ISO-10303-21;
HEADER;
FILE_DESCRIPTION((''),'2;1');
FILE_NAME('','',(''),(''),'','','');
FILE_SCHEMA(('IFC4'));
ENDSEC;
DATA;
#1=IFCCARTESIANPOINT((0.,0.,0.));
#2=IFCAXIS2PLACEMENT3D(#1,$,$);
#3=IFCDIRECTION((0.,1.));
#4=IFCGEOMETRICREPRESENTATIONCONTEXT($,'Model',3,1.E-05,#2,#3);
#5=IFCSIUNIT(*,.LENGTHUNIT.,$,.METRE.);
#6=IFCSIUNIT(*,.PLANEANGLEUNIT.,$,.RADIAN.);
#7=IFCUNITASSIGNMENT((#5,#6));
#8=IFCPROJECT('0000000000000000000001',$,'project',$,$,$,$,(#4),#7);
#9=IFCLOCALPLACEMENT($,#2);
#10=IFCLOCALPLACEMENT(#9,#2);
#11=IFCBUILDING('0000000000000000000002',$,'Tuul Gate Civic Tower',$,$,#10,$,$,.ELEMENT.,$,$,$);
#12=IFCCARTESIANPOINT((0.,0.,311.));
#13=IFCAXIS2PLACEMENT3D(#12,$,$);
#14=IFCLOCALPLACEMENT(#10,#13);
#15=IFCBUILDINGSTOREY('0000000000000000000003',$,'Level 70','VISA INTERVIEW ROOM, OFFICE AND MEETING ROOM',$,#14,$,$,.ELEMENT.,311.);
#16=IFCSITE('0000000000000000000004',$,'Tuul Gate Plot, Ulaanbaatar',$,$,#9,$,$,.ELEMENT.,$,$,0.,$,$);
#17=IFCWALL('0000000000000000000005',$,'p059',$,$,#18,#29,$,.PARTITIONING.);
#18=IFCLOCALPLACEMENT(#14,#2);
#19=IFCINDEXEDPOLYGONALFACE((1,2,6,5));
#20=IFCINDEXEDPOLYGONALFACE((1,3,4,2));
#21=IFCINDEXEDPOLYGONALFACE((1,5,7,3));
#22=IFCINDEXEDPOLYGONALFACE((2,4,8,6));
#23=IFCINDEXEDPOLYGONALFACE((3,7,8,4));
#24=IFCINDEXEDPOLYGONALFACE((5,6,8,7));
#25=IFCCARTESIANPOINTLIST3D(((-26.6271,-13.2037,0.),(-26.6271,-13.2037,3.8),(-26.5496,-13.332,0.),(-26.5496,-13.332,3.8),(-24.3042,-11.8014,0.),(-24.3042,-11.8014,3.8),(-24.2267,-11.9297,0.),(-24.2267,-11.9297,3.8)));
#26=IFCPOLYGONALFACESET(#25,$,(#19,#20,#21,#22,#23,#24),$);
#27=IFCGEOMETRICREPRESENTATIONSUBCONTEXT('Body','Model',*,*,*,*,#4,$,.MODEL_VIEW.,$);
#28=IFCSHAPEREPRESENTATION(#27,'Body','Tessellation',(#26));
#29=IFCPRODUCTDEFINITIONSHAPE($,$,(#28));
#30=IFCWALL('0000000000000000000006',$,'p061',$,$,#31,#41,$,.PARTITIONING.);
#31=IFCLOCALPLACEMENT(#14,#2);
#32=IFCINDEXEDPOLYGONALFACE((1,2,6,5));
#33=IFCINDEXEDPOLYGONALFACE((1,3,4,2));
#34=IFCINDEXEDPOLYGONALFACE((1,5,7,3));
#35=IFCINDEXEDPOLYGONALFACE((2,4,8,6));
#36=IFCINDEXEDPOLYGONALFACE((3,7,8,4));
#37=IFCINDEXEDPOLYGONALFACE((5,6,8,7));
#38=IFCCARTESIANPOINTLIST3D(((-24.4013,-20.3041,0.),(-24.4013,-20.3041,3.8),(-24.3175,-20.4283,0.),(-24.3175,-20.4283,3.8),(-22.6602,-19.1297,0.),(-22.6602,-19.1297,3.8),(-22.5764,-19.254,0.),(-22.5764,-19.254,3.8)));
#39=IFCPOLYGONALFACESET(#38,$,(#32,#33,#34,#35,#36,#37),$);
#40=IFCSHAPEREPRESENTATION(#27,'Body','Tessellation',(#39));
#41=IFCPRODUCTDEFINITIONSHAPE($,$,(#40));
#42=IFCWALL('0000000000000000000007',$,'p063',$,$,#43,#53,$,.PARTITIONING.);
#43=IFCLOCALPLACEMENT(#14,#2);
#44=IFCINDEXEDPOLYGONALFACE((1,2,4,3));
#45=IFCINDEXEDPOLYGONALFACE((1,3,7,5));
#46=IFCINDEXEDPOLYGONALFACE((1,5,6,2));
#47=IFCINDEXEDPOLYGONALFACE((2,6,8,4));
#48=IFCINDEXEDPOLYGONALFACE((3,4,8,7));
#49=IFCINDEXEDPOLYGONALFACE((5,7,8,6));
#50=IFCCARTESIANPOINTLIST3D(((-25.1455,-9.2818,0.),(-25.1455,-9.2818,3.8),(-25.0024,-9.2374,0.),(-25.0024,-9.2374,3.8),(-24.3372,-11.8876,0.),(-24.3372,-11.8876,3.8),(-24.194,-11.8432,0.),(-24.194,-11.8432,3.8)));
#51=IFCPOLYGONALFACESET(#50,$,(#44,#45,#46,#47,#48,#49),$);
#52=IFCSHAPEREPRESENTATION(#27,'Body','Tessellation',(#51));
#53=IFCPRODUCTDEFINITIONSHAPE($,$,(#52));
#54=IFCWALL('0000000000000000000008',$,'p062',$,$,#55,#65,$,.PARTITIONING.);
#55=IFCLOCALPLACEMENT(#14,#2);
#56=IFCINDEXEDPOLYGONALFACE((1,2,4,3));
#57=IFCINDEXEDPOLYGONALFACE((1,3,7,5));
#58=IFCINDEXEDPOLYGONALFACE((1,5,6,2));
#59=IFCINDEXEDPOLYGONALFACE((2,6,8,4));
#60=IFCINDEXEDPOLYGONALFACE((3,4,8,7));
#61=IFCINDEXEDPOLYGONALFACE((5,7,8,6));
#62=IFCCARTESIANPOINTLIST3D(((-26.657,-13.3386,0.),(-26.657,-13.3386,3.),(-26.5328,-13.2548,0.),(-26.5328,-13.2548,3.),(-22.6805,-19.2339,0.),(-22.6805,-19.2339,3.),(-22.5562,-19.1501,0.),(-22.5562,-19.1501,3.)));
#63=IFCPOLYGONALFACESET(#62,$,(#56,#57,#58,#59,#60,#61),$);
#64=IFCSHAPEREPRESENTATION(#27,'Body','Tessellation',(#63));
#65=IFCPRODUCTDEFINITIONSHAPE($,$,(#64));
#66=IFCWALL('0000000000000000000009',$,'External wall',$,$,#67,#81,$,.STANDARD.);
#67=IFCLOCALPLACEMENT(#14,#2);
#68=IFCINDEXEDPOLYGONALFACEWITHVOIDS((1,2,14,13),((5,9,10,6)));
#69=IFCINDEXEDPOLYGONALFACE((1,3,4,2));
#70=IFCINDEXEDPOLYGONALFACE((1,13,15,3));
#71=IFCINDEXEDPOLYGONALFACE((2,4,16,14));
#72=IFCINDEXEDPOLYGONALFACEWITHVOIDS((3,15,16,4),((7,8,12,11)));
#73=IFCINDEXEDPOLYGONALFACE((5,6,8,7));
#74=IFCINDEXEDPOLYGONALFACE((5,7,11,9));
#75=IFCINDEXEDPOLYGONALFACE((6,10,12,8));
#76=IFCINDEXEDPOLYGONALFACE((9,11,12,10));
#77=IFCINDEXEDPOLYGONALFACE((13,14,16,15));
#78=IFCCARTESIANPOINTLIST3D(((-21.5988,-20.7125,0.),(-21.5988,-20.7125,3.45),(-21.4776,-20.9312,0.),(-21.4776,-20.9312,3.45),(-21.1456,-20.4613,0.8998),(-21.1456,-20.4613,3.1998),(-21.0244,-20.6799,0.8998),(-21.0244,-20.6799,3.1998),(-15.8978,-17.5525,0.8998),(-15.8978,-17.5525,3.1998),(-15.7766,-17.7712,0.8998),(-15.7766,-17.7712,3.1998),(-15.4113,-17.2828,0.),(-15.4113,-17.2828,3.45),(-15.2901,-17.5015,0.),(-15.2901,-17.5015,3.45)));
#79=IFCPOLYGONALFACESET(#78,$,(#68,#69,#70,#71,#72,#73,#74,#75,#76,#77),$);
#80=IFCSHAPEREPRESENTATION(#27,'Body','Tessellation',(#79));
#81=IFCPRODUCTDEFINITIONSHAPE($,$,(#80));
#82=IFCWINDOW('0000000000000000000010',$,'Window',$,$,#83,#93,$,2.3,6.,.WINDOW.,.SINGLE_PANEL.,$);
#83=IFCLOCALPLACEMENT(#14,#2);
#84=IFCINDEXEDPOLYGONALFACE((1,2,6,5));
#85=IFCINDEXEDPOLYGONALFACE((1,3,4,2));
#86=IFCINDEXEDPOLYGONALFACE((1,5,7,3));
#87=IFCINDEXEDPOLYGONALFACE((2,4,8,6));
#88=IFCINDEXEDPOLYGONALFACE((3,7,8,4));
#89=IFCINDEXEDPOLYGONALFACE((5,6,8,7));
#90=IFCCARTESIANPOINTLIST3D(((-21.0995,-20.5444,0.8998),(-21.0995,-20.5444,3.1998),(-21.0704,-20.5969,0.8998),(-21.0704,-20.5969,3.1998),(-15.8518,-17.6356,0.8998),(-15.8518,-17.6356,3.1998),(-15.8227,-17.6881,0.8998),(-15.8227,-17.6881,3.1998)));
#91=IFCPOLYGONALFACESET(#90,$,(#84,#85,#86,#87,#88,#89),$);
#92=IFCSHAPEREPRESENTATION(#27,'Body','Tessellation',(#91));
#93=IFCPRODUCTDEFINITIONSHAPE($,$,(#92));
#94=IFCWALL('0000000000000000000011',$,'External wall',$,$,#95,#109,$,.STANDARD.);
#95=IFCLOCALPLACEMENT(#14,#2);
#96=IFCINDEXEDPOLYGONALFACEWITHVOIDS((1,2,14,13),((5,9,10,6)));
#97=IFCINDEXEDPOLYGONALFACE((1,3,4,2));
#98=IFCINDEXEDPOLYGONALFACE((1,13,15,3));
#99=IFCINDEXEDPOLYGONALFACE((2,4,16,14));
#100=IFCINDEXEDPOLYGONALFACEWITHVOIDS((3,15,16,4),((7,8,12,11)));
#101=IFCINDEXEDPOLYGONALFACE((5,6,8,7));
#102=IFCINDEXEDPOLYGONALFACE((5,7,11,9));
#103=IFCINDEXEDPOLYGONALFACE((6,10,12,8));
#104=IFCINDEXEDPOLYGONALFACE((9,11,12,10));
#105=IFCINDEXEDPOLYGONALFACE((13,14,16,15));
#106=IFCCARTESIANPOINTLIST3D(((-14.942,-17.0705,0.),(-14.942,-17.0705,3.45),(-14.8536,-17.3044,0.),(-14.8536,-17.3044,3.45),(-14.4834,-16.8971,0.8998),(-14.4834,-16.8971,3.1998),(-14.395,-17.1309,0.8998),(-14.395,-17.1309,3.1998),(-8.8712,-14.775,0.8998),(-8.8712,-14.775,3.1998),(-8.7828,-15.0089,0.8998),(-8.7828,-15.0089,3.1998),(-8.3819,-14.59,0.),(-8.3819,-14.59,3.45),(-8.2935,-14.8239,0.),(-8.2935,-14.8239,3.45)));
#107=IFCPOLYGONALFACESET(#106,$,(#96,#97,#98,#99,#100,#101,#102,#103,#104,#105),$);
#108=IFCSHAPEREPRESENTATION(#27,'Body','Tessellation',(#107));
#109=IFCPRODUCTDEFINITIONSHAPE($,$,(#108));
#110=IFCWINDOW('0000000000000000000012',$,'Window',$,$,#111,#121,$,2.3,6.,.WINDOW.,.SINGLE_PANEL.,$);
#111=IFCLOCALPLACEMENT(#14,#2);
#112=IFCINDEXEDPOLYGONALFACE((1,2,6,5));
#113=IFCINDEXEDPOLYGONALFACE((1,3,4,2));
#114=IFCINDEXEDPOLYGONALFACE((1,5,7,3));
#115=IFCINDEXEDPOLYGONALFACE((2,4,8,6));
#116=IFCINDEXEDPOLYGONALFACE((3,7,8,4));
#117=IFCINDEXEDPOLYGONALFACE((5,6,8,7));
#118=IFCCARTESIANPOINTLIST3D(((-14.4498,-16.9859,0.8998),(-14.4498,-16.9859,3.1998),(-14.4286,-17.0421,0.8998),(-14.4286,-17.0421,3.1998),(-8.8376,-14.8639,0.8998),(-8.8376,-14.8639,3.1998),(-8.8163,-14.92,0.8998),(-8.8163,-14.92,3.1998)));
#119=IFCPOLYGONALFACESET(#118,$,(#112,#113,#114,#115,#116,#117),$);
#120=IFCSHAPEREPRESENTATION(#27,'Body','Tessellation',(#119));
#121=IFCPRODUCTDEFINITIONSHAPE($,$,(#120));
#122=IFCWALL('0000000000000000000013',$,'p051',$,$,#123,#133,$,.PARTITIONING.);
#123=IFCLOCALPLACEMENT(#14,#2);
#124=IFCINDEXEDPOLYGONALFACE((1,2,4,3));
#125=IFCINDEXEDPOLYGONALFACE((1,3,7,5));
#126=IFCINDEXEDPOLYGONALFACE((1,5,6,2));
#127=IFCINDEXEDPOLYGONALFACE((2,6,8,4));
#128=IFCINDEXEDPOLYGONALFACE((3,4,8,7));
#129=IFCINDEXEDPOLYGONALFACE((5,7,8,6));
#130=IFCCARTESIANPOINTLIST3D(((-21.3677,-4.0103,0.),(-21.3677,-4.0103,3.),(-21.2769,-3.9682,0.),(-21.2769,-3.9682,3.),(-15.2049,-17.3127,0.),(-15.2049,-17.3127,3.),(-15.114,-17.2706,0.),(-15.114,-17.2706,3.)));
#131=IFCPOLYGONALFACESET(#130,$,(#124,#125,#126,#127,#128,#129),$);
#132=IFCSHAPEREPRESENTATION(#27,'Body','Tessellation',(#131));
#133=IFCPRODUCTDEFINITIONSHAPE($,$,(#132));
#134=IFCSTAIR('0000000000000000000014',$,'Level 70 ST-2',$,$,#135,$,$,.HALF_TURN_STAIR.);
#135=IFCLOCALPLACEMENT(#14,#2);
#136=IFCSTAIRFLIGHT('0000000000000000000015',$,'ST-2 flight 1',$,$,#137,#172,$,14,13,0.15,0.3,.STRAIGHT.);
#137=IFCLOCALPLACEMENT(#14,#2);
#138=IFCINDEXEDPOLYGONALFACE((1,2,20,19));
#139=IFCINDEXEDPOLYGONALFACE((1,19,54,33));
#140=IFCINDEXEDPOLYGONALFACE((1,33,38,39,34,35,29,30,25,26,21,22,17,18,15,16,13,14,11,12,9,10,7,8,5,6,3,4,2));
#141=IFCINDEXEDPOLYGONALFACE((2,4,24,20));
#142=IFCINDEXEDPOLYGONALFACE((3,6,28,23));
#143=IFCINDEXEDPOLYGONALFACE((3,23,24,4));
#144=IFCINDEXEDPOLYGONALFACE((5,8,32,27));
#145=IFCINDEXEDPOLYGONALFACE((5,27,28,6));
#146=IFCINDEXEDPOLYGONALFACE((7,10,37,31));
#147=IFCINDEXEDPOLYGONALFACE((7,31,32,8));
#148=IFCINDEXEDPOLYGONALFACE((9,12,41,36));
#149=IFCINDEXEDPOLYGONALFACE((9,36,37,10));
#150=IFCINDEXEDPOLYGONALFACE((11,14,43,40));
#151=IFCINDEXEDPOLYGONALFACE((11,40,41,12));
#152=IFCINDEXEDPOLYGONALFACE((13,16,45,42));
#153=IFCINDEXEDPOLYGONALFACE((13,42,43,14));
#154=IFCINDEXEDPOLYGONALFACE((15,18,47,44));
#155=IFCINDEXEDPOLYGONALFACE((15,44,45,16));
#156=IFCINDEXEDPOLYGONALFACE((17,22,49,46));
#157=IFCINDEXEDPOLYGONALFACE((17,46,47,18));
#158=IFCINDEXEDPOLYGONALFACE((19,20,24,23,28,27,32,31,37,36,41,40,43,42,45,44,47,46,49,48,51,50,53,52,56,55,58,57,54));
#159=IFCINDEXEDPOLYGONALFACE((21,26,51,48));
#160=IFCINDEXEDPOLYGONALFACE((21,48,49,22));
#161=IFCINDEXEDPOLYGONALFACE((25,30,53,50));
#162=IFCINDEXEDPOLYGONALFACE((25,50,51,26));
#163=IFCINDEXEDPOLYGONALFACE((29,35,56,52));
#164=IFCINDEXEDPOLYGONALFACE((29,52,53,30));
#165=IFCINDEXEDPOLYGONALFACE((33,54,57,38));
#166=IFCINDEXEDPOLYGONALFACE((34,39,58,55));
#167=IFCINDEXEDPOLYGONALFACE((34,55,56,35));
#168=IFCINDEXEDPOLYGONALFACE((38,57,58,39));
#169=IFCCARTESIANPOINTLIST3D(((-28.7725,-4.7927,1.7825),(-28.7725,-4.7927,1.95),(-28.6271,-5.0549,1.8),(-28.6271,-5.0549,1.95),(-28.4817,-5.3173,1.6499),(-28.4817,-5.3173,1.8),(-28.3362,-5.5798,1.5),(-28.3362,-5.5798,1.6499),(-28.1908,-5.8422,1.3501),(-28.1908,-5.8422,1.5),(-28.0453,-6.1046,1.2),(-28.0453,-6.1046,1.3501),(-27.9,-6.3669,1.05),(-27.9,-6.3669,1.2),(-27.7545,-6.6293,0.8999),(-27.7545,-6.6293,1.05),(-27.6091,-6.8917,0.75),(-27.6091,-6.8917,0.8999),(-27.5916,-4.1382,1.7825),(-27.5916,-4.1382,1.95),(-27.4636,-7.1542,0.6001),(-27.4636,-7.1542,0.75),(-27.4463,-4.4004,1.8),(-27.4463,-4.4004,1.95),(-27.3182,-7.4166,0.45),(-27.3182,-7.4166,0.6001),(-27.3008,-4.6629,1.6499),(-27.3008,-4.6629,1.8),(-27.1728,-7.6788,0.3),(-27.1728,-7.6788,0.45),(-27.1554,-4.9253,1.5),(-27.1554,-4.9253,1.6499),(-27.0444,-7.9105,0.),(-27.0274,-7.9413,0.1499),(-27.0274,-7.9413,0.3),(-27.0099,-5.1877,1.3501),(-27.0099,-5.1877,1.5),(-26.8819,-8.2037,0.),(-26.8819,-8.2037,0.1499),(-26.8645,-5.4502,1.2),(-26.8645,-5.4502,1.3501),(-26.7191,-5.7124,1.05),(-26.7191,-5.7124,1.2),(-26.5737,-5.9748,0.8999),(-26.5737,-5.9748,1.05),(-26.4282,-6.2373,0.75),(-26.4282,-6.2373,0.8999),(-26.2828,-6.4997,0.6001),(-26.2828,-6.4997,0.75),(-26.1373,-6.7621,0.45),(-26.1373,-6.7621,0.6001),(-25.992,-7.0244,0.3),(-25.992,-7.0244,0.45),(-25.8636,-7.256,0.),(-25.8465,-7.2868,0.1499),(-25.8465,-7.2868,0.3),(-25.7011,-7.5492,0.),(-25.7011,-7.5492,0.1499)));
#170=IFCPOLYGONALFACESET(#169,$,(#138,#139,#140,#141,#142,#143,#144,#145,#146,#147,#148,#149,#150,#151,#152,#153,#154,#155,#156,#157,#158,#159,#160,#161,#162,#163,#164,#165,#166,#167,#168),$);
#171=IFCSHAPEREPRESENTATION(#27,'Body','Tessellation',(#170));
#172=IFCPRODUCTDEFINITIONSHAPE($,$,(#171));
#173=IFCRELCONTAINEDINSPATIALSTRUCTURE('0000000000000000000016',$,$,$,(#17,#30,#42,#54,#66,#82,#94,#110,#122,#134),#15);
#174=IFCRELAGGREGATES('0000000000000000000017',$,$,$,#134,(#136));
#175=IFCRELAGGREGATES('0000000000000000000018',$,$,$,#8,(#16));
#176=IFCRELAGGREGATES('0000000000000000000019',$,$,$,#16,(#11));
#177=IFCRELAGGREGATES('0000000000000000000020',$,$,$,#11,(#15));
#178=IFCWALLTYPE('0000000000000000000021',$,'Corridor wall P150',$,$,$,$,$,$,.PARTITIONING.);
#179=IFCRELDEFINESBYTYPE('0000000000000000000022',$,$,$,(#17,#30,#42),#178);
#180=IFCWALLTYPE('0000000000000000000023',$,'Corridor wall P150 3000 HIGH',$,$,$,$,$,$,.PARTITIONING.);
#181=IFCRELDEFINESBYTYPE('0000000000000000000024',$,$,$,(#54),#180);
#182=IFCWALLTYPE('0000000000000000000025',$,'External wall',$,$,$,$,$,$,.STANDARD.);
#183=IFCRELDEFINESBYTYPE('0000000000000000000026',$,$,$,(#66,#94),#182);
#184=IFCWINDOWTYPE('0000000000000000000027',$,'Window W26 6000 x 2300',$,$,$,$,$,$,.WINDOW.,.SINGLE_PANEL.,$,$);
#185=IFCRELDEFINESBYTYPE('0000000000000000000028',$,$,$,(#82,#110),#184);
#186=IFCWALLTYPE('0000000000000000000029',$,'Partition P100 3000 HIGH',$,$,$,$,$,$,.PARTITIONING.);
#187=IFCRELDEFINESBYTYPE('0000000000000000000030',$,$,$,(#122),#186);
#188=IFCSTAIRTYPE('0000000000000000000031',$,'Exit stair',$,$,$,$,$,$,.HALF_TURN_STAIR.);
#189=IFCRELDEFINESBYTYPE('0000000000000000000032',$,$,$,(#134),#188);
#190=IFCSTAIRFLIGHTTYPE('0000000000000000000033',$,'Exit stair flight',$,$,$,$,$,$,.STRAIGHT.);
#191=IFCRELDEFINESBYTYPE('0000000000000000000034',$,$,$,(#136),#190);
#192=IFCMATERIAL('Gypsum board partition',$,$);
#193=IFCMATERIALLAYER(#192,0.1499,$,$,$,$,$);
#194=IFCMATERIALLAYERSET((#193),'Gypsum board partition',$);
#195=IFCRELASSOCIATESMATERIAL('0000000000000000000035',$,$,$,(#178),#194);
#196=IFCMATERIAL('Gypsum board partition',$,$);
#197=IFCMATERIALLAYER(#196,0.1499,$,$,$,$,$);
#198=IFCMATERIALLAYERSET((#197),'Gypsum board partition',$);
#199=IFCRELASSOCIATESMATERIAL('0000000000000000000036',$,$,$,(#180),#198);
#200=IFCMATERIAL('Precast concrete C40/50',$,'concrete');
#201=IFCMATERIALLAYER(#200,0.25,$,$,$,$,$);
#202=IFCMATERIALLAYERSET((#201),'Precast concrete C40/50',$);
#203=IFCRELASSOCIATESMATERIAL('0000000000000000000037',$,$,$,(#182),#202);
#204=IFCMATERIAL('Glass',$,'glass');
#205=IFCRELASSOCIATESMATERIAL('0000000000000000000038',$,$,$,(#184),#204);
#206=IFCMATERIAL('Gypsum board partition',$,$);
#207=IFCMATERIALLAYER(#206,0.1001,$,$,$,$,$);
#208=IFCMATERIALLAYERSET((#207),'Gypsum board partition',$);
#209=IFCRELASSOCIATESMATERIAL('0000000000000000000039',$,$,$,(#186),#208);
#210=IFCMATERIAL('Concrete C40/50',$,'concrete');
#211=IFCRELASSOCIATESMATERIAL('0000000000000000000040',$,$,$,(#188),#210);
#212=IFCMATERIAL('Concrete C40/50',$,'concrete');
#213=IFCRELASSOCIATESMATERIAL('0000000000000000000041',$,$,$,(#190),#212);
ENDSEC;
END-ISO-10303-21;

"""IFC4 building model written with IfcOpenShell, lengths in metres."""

from ifc_helpers import new_model, si_unit, direction, frame, frame_2d, origin, place, context, subcontext, project, spatial, polyline, rectangle, outline, extrude, material, layer, layer_set, type_object, element, fill, aggregate, save


model = new_model("IFC4")

# Units and contexts
model_context = context("Model", 3, precision=1e-05, world=origin(), true_north=direction((0.0, 1.0)))
body_context = subcontext(model_context, "Body", "Model", "MODEL_VIEW")
ifc_project = project(units=[si_unit("LENGTHUNIT", "METRE"), si_unit("PLANEANGLEUNIT", "RADIAN")], contexts=[model_context])

# Site, building, storey
site_placement = place(None, origin())
site = spatial("IfcSite", under=ifc_project, at=site_placement, Name="Tuul Gate Plot, Ulaanbaatar", CompositionType="ELEMENT", RefElevation=0.0)
building_placement = place(site_placement, origin())
building = spatial("IfcBuilding", under=site, at=building_placement, Name="Tuul Gate Civic Tower", CompositionType="ELEMENT")
storey_placement = place(building_placement, frame((0.0, 0.0, 311.0)))
storey = spatial("IfcBuildingStorey", under=building, at=storey_placement, Name="Level 70", Description="VISA INTERVIEW ROOM, OFFICE AND MEETING ROOM", CompositionType="ELEMENT", Elevation=311.0)

# Walls
ifc_material_1 = material(Name="Gypsum board partition")
ifc_layer_1 = layer(ifc_material_1, 0.1499)
ifc_layer_set_1 = layer_set([ifc_layer_1], Name="Gypsum board partition")
wall_type_1 = type_object("IfcWallType", Name="Corridor wall P150", PredefinedType="PARTITIONING", material=ifc_layer_set_1)
wall_1_placement = place(storey_placement, frame((-26.5884, -13.2678, 0.0), z_axis=(0.0, 0.0, 1.0), x_axis=(0.8561, 0.516809, 0.0)))
element("IfcWall", 1, at=wall_1_placement, inside=storey, type_object=wall_type_1, Name="p059", PredefinedType="PARTITIONING", context=body_context, shape_type="SweptSolid", body=[
    extrude(rectangle(XDim=2.7134, YDim=0.1499, at=frame_2d((1.3567, 0.0))), origin(), (0.0, 0.0, 1.0), 3.8),
])
wall_2_placement = place(storey_placement, frame((-24.3594, -20.3662, 0.0), z_axis=(0.0, 0.0, 1.0), x_axis=(0.829033, 0.559199, 0.0)))
element("IfcWall", 2, at=wall_2_placement, inside=storey, type_object=wall_type_1, Name="p061", PredefinedType="PARTITIONING", context=body_context, shape_type="SweptSolid", body=[
    extrude(rectangle(XDim=2.1001, YDim=0.1499, at=frame_2d((1.05, 0.0))), origin(), (0.0, 0.0, 1.0), 3.8),
])
wall_3_placement = place(storey_placement, frame((-25.074, -9.2595, 0.0), z_axis=(0.0, 0.0, 1.0), x_axis=(0.296292, -0.955097, 0.0)))
element("IfcWall", 3, at=wall_3_placement, inside=storey, type_object=wall_type_1, Name="p063", PredefinedType="PARTITIONING", context=body_context, shape_type="SweptSolid", body=[
    extrude(rectangle(XDim=2.7283, YDim=0.1499, at=frame_2d((1.3643, 0.0))), origin(), (0.0, 0.0, 1.0), 3.8),
])
ifc_material_2 = material(Name="Gypsum board partition")
ifc_layer_2 = layer(ifc_material_2, 0.1499)
ifc_layer_set_2 = layer_set([ifc_layer_2], Name="Gypsum board partition")
wall_type_2 = type_object("IfcWallType", Name="Corridor wall P150 3000 HIGH", PredefinedType="PARTITIONING", material=ifc_layer_set_2)
wall_4_placement = place(storey_placement, frame((-26.595, -13.2966, 0.0), z_axis=(0.0, 0.0, 1.0), x_axis=(0.559208, -0.829027, 0.0)))
element("IfcWall", 4, at=wall_4_placement, inside=storey, type_object=wall_type_2, Name="p062", PredefinedType="PARTITIONING", context=body_context, shape_type="SweptSolid", body=[
    extrude(rectangle(XDim=7.1111, YDim=0.1499, at=frame_2d((3.5557, 0.0))), origin(), (0.0, 0.0, 1.0), 3.0),
])

# Walls, openings, windows
ifc_material_3 = material(Name="Precast concrete C40/50", Category="concrete")
ifc_layer_3 = layer(ifc_material_3, 0.25)
ifc_layer_set_3 = layer_set([ifc_layer_3], Name="Precast concrete C40/50")
wall_type_3 = type_object("IfcWallType", Name="External wall", PredefinedType="STANDARD", material=ifc_layer_set_3)
wall_5_placement = place(storey_placement, frame((-21.5381, -20.8218, 0.0), z_axis=(0.0, 0.0, 1.0), x_axis=(0.874626, 0.484799, 0.0)))
wall_5 = element("IfcWall", 5, at=wall_5_placement, inside=storey, type_object=wall_type_3, Name="External wall", PredefinedType="STANDARD", context=body_context, shape_type="SweptSolid", body=[
    extrude(rectangle(XDim=7.0745, YDim=0.25, at=frame_2d((3.5371, 0.0))), origin(), (0.0, 0.0, 1.0), 3.45),
])
opening_1_placement = place(wall_5_placement, frame((0.5181, 0.0, 0.8999)))
opening_1 = element("IfcOpeningElement", 6, at=opening_1_placement, cuts=wall_5, PredefinedType="OPENING", context=body_context, shape_type="SweptSolid", body=[
    extrude(rectangle(XDim=6.0, YDim=2.3, at=frame_2d((3.0, 1.1499))), frame((0.0, 0.135, 0.0), z_axis=(0.0, -1.0, 0.0), x_axis=(1.0, 0.0, 0.0)), (0.0, 0.0, 1.0), 0.27),
])
ifc_material_4 = material(Name="Glass", Category="glass")
window_type = type_object("IfcWindowType", Name="Window W26 6000 x 2300", PartitioningType="SINGLE_PANEL", PredefinedType="WINDOW", material=ifc_material_4)
window_1_placement = place(opening_1_placement, origin())
window_1 = element("IfcWindow", 7, at=window_1_placement, inside=storey, type_object=window_type, Name="Window", OverallHeight=2.3, OverallWidth=6.0, PartitioningType="SINGLE_PANEL", PredefinedType="WINDOW", context=body_context, shape_type="SweptSolid", body=[
    extrude(rectangle(XDim=6.0, YDim=2.3, at=frame_2d((3.0, 1.1499))), frame((0.0, 0.03, 0.0), z_axis=(0.0, -1.0, 0.0), x_axis=(1.0, 0.0, 0.0)), (0.0, 0.0, 1.0), 0.0601),
])
fill(opening_1, window_1)
wall_6_placement = place(storey_placement, frame((-14.8979, -17.1875, 0.0), z_axis=(0.0, 0.0, 1.0), x_axis=(0.935367, 0.353678, 0.0)))
wall_6 = element("IfcWall", 8, at=wall_6_placement, inside=storey, type_object=wall_type_3, Name="External wall", PredefinedType="STANDARD", context=body_context, shape_type="SweptSolid", body=[
    extrude(rectangle(XDim=7.0134, YDim=0.25, at=frame_2d((3.5068, 0.0))), origin(), (0.0, 0.0, 1.0), 3.45),
])
opening_2_placement = place(wall_6_placement, frame((0.4905, 0.0, 0.8999)))
opening_2 = element("IfcOpeningElement", 9, at=opening_2_placement, cuts=wall_6, PredefinedType="OPENING", context=body_context, shape_type="SweptSolid", body=[
    extrude(rectangle(XDim=6.0, YDim=2.3, at=frame_2d((3.0, 1.1499))), frame((0.0, 0.135, 0.0), z_axis=(0.0, -1.0, 0.0), x_axis=(1.0, 0.0, 0.0)), (0.0, 0.0, 1.0), 0.27),
])
window_2_placement = place(opening_2_placement, origin())
window_2 = element("IfcWindow", 10, at=window_2_placement, inside=storey, type_object=window_type, Name="Window", OverallHeight=2.3, OverallWidth=6.0, PartitioningType="SINGLE_PANEL", PredefinedType="WINDOW", context=body_context, shape_type="SweptSolid", body=[
    extrude(rectangle(XDim=6.0, YDim=2.3, at=frame_2d((3.0, 1.1499))), frame((0.0, 0.03, 0.0), z_axis=(0.0, -1.0, 0.0), x_axis=(1.0, 0.0, 0.0)), (0.0, 0.0, 1.0), 0.0601),
])
fill(opening_2, window_2)

# Wall
ifc_material_5 = material(Name="Gypsum board partition")
ifc_layer_4 = layer(ifc_material_5, 0.1001)
ifc_layer_set_4 = layer_set([ifc_layer_4], Name="Gypsum board partition")
wall_type_4 = type_object("IfcWallType", Name="Partition P100 3000 HIGH", PredefinedType="PARTITIONING", material=ifc_layer_set_4)
wall_7_placement = place(storey_placement, frame((-21.3223, -3.9893, 0.0), z_axis=(0.0, 0.0, 1.0), x_axis=(0.420364, -0.907356, 0.0)))
element("IfcWall", 11, at=wall_7_placement, inside=storey, type_object=wall_type_4, Name="p051", PredefinedType="PARTITIONING", context=body_context, shape_type="SweptSolid", body=[
    extrude(rectangle(XDim=14.6606, YDim=0.1001, at=frame_2d((7.3303, 0.0))), origin(), (0.0, 0.0, 1.0), 3.0),
])

# Stair, stair flight
ifc_material_6 = material(Name="Concrete C40/50", Category="concrete")
stair_type = type_object("IfcStairType", Name="Exit stair", PredefinedType="HALF_TURN_STAIR", material=ifc_material_6)
stair_placement = place(storey_placement, origin())
stair = element("IfcStair", 12, at=stair_placement, inside=storey, type_object=stair_type, Name="Level 70 ST-2", PredefinedType="HALF_TURN_STAIR")
ifc_material_7 = material(Name="Concrete C40/50", Category="concrete")
stair_flight_type = type_object("IfcStairFlightType", Name="Exit stair flight", PredefinedType="STRAIGHT", material=ifc_material_7)
stair_flight_placement = place(storey_placement, frame((-26.2915, -7.8765, 0.0), z_axis=(0.0, 0.0, 1.0), x_axis=(-0.484762, 0.874646, 0.0)))
stair_flight = element("IfcStairFlight", 13, at=stair_flight_placement, type_object=stair_flight_type, Name="ST-2 flight 1", NumberOfRisers=14, NumberOfTreads=13, PredefinedType="STRAIGHT", RiserHeight=0.15, TreadLength=0.3, context=body_context, shape_type="SweptSolid", body=[
    extrude(outline(polyline([(0.0, 0.0), (0.0, 0.1499), (0.3, 0.1499), (0.3, 0.3), (0.6001, 0.3), (0.6001, 0.45), (0.8999, 0.45), (0.8999, 0.6001), (1.2, 0.6001), (1.2, 0.75), (1.5, 0.75), (1.5, 0.8999), (1.8, 0.8999), (1.8, 1.05), (2.1001, 1.05), (2.1001, 1.2), (2.3999, 1.2), (2.3999, 1.3501), (2.7, 1.3501), (2.7, 1.5), (3.0, 1.5), (3.0, 1.6499), (3.3, 1.6499), (3.3, 1.8), (3.6001, 1.8), (3.6001, 1.95), (3.8999, 1.95), (3.8999, 2.1001), (3.8999, 1.7825), (0.3352, 0.0), (0.0, 0.0)])), frame((0.0, 0.675, 0.0), z_axis=(0.0, -1.0, 0.0), x_axis=(1.0, 0.0, 0.0)), (0.0, 0.0, 1.0), 1.3501),
])
aggregate(stair, [stair_flight])

save(model, "model.ifc")
